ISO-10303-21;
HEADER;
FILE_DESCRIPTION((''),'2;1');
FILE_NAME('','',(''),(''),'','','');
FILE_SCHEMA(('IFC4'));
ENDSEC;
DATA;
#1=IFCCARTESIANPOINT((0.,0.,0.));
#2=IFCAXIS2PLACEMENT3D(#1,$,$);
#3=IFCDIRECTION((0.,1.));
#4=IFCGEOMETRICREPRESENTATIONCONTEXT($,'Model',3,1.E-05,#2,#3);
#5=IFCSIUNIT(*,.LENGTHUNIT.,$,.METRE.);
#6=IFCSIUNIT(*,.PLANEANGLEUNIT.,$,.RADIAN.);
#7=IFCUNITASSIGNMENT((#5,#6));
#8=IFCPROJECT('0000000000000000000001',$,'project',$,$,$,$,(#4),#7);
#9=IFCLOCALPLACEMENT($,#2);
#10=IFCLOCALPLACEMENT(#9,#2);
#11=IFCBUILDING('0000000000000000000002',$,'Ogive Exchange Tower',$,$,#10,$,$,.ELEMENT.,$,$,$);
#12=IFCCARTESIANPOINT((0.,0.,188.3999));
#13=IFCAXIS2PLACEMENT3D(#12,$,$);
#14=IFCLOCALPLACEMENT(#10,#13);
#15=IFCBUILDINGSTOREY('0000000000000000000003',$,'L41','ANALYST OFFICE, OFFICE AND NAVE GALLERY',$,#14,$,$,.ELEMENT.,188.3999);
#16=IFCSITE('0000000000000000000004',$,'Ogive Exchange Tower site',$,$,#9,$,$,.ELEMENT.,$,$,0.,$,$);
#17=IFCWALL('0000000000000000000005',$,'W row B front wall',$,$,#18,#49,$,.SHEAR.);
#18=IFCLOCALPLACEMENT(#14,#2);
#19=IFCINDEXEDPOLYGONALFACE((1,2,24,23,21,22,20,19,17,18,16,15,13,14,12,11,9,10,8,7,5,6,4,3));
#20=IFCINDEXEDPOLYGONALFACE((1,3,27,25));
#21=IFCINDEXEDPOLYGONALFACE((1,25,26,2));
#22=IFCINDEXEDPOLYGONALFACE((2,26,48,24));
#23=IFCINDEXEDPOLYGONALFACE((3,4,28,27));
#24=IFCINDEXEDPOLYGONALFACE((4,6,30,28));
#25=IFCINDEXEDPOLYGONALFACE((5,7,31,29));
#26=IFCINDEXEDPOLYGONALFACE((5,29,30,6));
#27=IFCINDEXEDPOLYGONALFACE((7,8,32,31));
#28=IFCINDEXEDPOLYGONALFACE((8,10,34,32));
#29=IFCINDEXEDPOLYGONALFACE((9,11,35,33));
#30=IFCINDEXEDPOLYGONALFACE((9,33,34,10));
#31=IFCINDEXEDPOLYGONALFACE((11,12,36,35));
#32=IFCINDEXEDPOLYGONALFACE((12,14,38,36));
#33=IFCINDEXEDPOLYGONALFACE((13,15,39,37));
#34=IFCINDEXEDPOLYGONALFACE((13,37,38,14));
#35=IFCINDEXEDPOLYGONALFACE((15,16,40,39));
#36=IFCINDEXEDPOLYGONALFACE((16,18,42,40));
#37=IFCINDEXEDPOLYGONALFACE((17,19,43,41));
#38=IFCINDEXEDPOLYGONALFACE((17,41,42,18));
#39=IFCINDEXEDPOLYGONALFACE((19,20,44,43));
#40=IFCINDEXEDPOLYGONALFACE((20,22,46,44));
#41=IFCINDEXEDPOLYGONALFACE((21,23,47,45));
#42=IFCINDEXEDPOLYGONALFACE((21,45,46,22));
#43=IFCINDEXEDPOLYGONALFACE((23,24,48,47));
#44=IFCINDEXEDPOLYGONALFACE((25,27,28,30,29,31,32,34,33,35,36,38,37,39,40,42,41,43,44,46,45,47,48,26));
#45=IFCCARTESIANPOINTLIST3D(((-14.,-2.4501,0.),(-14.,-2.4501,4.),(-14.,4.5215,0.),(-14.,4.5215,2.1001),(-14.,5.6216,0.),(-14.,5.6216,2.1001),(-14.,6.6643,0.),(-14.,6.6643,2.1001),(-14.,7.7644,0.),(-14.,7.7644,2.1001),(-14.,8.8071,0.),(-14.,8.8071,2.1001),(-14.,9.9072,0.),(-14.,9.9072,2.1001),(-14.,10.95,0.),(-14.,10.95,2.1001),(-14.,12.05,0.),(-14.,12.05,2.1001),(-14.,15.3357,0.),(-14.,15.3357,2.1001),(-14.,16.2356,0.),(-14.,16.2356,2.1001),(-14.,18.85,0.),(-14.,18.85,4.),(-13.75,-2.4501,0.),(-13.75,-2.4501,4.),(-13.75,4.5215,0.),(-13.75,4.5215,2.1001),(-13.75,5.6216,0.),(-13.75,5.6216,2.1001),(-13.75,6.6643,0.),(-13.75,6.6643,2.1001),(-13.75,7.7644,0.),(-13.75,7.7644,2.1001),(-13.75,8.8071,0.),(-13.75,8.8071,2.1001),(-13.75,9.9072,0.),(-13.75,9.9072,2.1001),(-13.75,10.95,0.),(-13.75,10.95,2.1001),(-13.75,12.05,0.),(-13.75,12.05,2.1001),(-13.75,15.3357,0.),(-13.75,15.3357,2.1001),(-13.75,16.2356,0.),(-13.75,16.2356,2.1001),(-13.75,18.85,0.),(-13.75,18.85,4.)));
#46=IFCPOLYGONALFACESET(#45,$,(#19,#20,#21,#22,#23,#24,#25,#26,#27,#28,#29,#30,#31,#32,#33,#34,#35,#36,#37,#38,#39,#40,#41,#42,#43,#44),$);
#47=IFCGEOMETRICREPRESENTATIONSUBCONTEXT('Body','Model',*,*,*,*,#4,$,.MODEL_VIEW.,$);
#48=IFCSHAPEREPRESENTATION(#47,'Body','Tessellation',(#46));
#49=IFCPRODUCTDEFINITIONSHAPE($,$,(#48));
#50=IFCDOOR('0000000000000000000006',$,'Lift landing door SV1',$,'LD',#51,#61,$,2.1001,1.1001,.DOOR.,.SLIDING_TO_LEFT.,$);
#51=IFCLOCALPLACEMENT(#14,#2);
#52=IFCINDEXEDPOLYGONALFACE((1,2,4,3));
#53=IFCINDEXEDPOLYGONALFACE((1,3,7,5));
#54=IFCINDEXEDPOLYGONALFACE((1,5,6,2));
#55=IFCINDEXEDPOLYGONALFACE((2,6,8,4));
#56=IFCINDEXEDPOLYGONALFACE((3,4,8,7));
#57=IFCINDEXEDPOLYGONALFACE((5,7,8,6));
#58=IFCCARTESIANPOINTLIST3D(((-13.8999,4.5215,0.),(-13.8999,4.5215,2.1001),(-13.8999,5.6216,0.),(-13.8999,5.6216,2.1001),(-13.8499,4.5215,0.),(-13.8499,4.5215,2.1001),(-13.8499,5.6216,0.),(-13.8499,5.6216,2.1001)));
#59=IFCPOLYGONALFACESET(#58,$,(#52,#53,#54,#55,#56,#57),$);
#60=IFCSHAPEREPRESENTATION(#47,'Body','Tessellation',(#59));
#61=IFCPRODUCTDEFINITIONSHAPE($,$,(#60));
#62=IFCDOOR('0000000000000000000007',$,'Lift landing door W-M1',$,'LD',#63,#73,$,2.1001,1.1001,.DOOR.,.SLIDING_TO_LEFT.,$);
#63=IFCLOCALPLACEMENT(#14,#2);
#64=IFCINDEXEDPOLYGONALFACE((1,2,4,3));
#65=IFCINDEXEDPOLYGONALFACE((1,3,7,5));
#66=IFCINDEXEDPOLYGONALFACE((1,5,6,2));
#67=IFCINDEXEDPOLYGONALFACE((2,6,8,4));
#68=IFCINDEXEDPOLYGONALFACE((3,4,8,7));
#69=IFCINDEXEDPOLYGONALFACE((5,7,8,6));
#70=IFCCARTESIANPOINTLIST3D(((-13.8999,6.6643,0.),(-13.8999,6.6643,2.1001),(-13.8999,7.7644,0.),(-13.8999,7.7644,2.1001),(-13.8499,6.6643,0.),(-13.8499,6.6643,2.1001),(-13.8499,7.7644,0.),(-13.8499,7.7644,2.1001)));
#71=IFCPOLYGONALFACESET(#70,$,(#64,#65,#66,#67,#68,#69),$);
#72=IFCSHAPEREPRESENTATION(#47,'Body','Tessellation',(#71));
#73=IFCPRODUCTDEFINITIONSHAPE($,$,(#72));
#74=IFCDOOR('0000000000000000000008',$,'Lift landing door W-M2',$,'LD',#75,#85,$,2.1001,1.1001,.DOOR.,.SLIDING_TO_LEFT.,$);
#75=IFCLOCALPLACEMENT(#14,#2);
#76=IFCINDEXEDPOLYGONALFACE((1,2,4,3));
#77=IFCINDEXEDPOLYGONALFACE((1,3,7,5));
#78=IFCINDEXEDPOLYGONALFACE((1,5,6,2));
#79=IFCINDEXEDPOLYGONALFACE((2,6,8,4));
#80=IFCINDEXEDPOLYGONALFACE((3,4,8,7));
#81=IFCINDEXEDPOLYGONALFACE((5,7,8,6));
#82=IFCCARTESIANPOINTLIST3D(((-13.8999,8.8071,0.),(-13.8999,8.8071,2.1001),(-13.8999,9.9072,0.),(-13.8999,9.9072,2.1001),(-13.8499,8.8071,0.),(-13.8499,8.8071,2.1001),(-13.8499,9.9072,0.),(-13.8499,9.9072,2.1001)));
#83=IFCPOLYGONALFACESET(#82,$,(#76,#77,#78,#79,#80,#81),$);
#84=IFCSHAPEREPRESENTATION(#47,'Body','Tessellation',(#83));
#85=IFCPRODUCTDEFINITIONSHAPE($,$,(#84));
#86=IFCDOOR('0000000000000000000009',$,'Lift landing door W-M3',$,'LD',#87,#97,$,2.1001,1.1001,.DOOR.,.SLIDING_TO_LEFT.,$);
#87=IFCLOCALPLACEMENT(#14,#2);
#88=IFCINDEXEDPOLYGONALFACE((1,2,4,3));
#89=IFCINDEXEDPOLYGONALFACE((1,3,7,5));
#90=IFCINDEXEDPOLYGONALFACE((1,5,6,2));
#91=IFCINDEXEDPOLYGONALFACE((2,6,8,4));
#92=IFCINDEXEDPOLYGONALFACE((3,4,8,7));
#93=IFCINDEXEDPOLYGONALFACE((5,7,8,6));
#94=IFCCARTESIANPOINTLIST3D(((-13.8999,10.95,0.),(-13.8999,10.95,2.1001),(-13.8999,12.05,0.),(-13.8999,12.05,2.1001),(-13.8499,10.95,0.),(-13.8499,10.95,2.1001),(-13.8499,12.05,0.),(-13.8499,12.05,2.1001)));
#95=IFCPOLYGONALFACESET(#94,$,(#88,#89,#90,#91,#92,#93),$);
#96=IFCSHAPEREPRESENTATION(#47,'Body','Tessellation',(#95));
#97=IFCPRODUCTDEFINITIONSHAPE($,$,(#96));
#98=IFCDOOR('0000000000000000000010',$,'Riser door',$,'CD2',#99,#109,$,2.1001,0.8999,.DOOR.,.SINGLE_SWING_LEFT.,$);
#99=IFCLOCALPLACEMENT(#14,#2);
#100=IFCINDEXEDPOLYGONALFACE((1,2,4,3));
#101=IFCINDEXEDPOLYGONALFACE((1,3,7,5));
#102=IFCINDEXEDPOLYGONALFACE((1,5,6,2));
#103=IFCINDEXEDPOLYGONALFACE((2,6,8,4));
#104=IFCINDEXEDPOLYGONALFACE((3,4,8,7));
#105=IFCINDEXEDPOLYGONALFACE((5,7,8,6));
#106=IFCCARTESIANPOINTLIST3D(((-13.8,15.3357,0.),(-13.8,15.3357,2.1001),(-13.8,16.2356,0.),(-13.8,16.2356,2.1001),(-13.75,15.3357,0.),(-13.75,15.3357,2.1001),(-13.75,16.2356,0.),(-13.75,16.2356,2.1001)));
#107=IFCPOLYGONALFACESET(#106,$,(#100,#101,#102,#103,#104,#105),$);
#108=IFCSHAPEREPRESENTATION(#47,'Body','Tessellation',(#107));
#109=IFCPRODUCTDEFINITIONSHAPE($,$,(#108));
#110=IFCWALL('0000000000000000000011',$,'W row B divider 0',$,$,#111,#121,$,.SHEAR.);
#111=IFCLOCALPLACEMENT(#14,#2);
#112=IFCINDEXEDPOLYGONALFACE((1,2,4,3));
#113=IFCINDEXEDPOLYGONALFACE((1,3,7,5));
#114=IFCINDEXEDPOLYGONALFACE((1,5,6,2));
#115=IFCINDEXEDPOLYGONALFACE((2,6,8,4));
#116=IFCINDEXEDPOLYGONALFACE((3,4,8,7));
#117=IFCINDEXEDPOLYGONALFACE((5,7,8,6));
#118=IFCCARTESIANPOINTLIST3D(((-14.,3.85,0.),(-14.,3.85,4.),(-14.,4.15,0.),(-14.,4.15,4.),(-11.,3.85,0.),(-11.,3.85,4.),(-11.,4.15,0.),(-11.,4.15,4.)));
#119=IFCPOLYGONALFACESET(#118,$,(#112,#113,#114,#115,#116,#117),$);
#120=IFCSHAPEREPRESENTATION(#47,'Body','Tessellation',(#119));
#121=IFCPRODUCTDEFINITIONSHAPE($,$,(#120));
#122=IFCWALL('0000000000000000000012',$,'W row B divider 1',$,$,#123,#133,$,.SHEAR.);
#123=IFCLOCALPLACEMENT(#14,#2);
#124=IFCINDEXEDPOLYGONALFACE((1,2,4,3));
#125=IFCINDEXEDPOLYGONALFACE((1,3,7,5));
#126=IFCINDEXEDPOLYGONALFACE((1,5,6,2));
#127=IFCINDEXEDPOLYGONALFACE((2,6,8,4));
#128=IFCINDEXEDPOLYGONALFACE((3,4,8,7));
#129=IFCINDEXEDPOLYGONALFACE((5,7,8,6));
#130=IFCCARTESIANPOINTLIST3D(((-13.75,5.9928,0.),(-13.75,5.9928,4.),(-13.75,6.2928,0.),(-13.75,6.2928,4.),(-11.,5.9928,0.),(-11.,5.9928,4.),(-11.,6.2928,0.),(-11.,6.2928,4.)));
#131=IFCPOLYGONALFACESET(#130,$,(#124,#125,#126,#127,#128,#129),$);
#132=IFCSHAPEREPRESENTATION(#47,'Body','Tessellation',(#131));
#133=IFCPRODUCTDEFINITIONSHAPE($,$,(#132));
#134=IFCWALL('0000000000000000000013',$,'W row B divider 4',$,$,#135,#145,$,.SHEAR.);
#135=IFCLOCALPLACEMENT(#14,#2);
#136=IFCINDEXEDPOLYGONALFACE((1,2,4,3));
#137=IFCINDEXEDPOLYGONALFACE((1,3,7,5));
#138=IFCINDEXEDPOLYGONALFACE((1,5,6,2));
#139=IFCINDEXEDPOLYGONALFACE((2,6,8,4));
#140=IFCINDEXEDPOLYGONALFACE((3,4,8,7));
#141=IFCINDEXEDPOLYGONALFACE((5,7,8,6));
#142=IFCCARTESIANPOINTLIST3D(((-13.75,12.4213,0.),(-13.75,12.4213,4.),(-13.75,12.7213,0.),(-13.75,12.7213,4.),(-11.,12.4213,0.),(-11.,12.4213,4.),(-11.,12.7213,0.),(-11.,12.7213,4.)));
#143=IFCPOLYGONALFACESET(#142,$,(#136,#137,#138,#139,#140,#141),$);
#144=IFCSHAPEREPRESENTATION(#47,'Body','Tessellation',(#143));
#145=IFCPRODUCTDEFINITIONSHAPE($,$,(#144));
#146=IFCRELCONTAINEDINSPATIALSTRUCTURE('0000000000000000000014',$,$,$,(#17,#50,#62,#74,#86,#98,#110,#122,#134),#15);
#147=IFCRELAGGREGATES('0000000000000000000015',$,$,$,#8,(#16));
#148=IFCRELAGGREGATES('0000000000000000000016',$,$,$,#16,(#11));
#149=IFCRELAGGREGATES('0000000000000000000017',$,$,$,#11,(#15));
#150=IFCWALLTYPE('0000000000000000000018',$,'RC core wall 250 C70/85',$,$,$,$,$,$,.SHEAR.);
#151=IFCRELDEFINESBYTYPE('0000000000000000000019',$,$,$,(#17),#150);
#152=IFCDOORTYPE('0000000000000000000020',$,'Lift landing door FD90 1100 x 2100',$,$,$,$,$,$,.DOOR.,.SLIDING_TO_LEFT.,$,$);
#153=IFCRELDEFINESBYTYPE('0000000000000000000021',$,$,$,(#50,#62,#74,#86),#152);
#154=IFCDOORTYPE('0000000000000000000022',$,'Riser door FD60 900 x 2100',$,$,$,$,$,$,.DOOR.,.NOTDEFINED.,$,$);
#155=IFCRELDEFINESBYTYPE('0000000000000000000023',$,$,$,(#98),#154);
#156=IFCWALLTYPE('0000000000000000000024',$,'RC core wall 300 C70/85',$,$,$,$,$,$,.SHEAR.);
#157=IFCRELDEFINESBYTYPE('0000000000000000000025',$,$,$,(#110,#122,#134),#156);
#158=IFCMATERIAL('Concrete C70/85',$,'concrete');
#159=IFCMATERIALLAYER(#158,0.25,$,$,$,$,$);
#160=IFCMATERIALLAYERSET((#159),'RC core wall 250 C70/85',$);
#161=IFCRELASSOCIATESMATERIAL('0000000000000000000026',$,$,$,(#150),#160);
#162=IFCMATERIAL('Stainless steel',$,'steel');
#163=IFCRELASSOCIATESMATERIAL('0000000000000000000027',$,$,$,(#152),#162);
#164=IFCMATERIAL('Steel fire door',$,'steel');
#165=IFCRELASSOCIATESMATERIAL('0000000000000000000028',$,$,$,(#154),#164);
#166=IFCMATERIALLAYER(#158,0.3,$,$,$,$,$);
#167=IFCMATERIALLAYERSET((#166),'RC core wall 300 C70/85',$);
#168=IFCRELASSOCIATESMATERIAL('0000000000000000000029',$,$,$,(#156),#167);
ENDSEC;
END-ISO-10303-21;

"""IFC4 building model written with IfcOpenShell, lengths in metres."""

from ifc_helpers import new_model, si_unit, direction, frame, frame_2d, origin, place, context, subcontext, project, spatial, rectangle, extrude, material, layer, layer_set, type_object, element, fill, save


model = new_model("IFC4")

# Units and contexts
model_context = context("Model", 3, precision=1e-05, world=origin(), true_north=direction((0.0, 1.0)))
body_context = subcontext(model_context, "Body", "Model", "MODEL_VIEW")
ifc_project = project(units=[si_unit("LENGTHUNIT", "METRE"), si_unit("PLANEANGLEUNIT", "RADIAN")], contexts=[model_context])

# Site, building, storey
site_placement = place(None, origin())
site = spatial("IfcSite", under=ifc_project, at=site_placement, Name="Ogive Exchange Tower site", CompositionType="ELEMENT", RefElevation=0.0)
building_placement = place(site_placement, origin())
building = spatial("IfcBuilding", under=site, at=building_placement, Name="Ogive Exchange Tower", CompositionType="ELEMENT")
storey_placement = place(building_placement, frame((0.0, 0.0, 188.3999)))
storey = spatial("IfcBuildingStorey", under=building, at=storey_placement, Name="L41", Description="ANALYST OFFICE, OFFICE AND NAVE GALLERY", CompositionType="ELEMENT", Elevation=188.3999)

# Shared definitions
ifc_material_1 = material(Name="Concrete C70/85", Category="concrete")
ifc_material_2 = material(Name="Steel fire door", Category="steel")
ifc_layer_1 = layer(ifc_material_1, 0.25)
ifc_layer_set_1 = layer_set([ifc_layer_1], Name="RC core wall 250 C70/85")
wall_type_1 = type_object("IfcWallType", Name="RC core wall 250 C70/85", PredefinedType="SHEAR", material=ifc_layer_set_1)

# Wall, openings, doors
ifc_material_3 = material(Name="Stainless steel", Category="steel")
door_type_1 = type_object("IfcDoorType", Name="Lift landing door FD90 1100 x 2100", OperationType="SLIDING_TO_LEFT", PredefinedType="DOOR", material=ifc_material_3)
door_type_2 = type_object("IfcDoorType", Name="Riser door FD60 900 x 2100", OperationType="NOTDEFINED", PredefinedType="DOOR", material=ifc_material_2)
wall_1_placement = place(storey_placement, frame((-13.875, -2.45, 0.0), z_axis=(0.0, 0.0, 1.0), x_axis=(0.0, 1.0, 0.0)))
wall_1 = element("IfcWall", 1, at=wall_1_placement, inside=storey, type_object=wall_type_1, Name="W row B front wall", PredefinedType="SHEAR", context=body_context, shape_type="SweptSolid", body=[
    extrude(rectangle(XDim=21.3, YDim=0.25, at=frame_2d((10.6499, 0.0))), origin(), (0.0, 0.0, 1.0), 4.0),
])
opening_1_placement = place(wall_1_placement, frame((17.7856, 0.0, 0.0)))
opening_1 = element("IfcOpeningElement", 2, at=opening_1_placement, cuts=wall_1, PredefinedType="OPENING", context=body_context, shape_type="SweptSolid", body=[
    extrude(rectangle(XDim=0.8999, YDim=2.1001, at=frame_2d((0.45, 1.05))), frame((0.0, 0.135, 0.0), z_axis=(0.0, -1.0, 0.0), x_axis=(1.0, 0.0, 0.0)), (0.0, 0.0, 1.0), 0.27),
])
opening_2_placement = place(wall_1_placement, frame((6.9714, 0.0, 0.0)))
opening_2 = element("IfcOpeningElement", 3, at=opening_2_placement, cuts=wall_1, PredefinedType="OPENING", context=body_context, shape_type="SweptSolid", body=[
    extrude(rectangle(XDim=1.1001, YDim=2.1001, at=frame_2d((0.55, 1.05))), frame((0.0, 0.135, 0.0), z_axis=(0.0, -1.0, 0.0), x_axis=(1.0, 0.0, 0.0)), (0.0, 0.0, 1.0), 0.27),
])
opening_3_placement = place(wall_1_placement, frame((9.1143, 0.0, 0.0)))
opening_3 = element("IfcOpeningElement", 4, at=opening_3_placement, cuts=wall_1, PredefinedType="OPENING", context=body_context, shape_type="SweptSolid", body=[
    extrude(rectangle(XDim=1.1001, YDim=2.1001, at=frame_2d((0.55, 1.05))), frame((0.0, 0.135, 0.0), z_axis=(0.0, -1.0, 0.0), x_axis=(1.0, 0.0, 0.0)), (0.0, 0.0, 1.0), 0.27),
])
opening_4_placement = place(wall_1_placement, frame((11.2571, 0.0, 0.0)))
opening_4 = element("IfcOpeningElement", 5, at=opening_4_placement, cuts=wall_1, PredefinedType="OPENING", context=body_context, shape_type="SweptSolid", body=[
    extrude(rectangle(XDim=1.1001, YDim=2.1001, at=frame_2d((0.55, 1.05))), frame((0.0, 0.135, 0.0), z_axis=(0.0, -1.0, 0.0), x_axis=(1.0, 0.0, 0.0)), (0.0, 0.0, 1.0), 0.27),
])
opening_5_placement = place(wall_1_placement, frame((13.3999, 0.0, 0.0)))
opening_5 = element("IfcOpeningElement", 6, at=opening_5_placement, cuts=wall_1, PredefinedType="OPENING", context=body_context, shape_type="SweptSolid", body=[
    extrude(rectangle(XDim=1.1001, YDim=2.1001, at=frame_2d((0.55, 1.05))), frame((0.0, 0.135, 0.0), z_axis=(0.0, -1.0, 0.0), x_axis=(1.0, 0.0, 0.0)), (0.0, 0.0, 1.0), 0.27),
])
door_1_placement = place(opening_2_placement, origin())
door_1 = element("IfcDoor", 7, at=door_1_placement, inside=storey, type_object=door_type_1, Name="Lift landing door SV1", ObjectType="LD", OperationType="SLIDING_TO_LEFT", OverallHeight=2.1001, OverallWidth=1.1001, PredefinedType="DOOR", context=body_context, shape_type="SweptSolid", body=[
    extrude(rectangle(XDim=1.1001, YDim=2.1001, at=frame_2d((0.55, 1.05))), frame((0.0, 0.0249, 0.0), z_axis=(0.0, -1.0, 0.0), x_axis=(1.0, 0.0, 0.0)), (0.0, 0.0, 1.0), 0.05),
])
fill(opening_2, door_1)
door_2_placement = place(opening_3_placement, origin())
door_2 = element("IfcDoor", 8, at=door_2_placement, inside=storey, type_object=door_type_1, Name="Lift landing door W-M1", ObjectType="LD", OperationType="SLIDING_TO_LEFT", OverallHeight=2.1001, OverallWidth=1.1001, PredefinedType="DOOR", context=body_context, shape_type="SweptSolid", body=[
    extrude(rectangle(XDim=1.1001, YDim=2.1001, at=frame_2d((0.55, 1.05))), frame((0.0, 0.0249, 0.0), z_axis=(0.0, -1.0, 0.0), x_axis=(1.0, 0.0, 0.0)), (0.0, 0.0, 1.0), 0.05),
])
fill(opening_3, door_2)
door_3_placement = place(opening_4_placement, origin())
door_3 = element("IfcDoor", 9, at=door_3_placement, inside=storey, type_object=door_type_1, Name="Lift landing door W-M2", ObjectType="LD", OperationType="SLIDING_TO_LEFT", OverallHeight=2.1001, OverallWidth=1.1001, PredefinedType="DOOR", context=body_context, shape_type="SweptSolid", body=[
    extrude(rectangle(XDim=1.1001, YDim=2.1001, at=frame_2d((0.55, 1.05))), frame((0.0, 0.0249, 0.0), z_axis=(0.0, -1.0, 0.0), x_axis=(1.0, 0.0, 0.0)), (0.0, 0.0, 1.0), 0.05),
])
fill(opening_4, door_3)
door_4_placement = place(opening_5_placement, origin())
door_4 = element("IfcDoor", 10, at=door_4_placement, inside=storey, type_object=door_type_1, Name="Lift landing door W-M3", ObjectType="LD", OperationType="SLIDING_TO_LEFT", OverallHeight=2.1001, OverallWidth=1.1001, PredefinedType="DOOR", context=body_context, shape_type="SweptSolid", body=[
    extrude(rectangle(XDim=1.1001, YDim=2.1001, at=frame_2d((0.55, 1.05))), frame((0.0, 0.0249, 0.0), z_axis=(0.0, -1.0, 0.0), x_axis=(1.0, 0.0, 0.0)), (0.0, 0.0, 1.0), 0.05),
])
fill(opening_5, door_4)
door_5_placement = place(opening_1_placement, frame((0.8999, -0.2002, 0.0), z_axis=(0.0, 0.0, 1.0), x_axis=(-1.0, 0.0, 0.0)))
door_5 = element("IfcDoor", 11, at=door_5_placement, inside=storey, type_object=door_type_2, Name="Riser door", ObjectType="CD2", OperationType="SINGLE_SWING_LEFT", OverallHeight=2.1001, OverallWidth=0.8999, PredefinedType="DOOR", context=body_context, shape_type="SweptSolid", body=[
    extrude(rectangle(XDim=0.8999, YDim=2.1001, at=frame_2d((0.45, 1.05))), frame((0.0, -0.0752, 0.0), z_axis=(0.0, -1.0, 0.0), x_axis=(1.0, 0.0, 0.0)), (0.0, 0.0, 1.0), 0.05),
])
fill(opening_1, door_5)

# Walls
ifc_layer_2 = layer(ifc_material_1, 0.3)
ifc_layer_set_2 = layer_set([ifc_layer_2], Name="RC core wall 300 C70/85")
wall_type_2 = type_object("IfcWallType", Name="RC core wall 300 C70/85", PredefinedType="SHEAR", material=ifc_layer_set_2)
wall_2_placement = place(storey_placement, frame((-14.0, 4.0, 0.0), z_axis=(0.0, 0.0, 1.0), x_axis=(1.0, 0.0, 0.0)))
element("IfcWall", 12, at=wall_2_placement, inside=storey, type_object=wall_type_2, Name="W row B divider 0", PredefinedType="SHEAR", context=body_context, shape_type="SweptSolid", body=[
    extrude(rectangle(XDim=3.0, YDim=0.3, at=frame_2d((1.5, 0.0))), origin(), (0.0, 0.0, 1.0), 4.0),
])
for number, where, z_axis, x_axis, name in (
    (13, (-13.75, 6.1428, 0.0), (0.0, 0.0, 1.0), (1.0, 0.0, 0.0), "W row B divider 1"),
    (14, (-13.75, 12.5713, 0.0), (0.0, 0.0, 1.0), (1.0, 0.0, 0.0), "W row B divider 4"),
):
    element("IfcWall", number, at=place(storey_placement, frame(where, z_axis=z_axis, x_axis=x_axis)), inside=storey, type_object=wall_type_2, Name=name, PredefinedType="SHEAR", context=body_context, shape_type="SweptSolid", body=[
        extrude(rectangle(XDim=2.75, YDim=0.3, at=frame_2d((1.375, 0.0))), origin(), (0.0, 0.0, 1.0), 4.0),
    ])

save(model, "model.ifc")
